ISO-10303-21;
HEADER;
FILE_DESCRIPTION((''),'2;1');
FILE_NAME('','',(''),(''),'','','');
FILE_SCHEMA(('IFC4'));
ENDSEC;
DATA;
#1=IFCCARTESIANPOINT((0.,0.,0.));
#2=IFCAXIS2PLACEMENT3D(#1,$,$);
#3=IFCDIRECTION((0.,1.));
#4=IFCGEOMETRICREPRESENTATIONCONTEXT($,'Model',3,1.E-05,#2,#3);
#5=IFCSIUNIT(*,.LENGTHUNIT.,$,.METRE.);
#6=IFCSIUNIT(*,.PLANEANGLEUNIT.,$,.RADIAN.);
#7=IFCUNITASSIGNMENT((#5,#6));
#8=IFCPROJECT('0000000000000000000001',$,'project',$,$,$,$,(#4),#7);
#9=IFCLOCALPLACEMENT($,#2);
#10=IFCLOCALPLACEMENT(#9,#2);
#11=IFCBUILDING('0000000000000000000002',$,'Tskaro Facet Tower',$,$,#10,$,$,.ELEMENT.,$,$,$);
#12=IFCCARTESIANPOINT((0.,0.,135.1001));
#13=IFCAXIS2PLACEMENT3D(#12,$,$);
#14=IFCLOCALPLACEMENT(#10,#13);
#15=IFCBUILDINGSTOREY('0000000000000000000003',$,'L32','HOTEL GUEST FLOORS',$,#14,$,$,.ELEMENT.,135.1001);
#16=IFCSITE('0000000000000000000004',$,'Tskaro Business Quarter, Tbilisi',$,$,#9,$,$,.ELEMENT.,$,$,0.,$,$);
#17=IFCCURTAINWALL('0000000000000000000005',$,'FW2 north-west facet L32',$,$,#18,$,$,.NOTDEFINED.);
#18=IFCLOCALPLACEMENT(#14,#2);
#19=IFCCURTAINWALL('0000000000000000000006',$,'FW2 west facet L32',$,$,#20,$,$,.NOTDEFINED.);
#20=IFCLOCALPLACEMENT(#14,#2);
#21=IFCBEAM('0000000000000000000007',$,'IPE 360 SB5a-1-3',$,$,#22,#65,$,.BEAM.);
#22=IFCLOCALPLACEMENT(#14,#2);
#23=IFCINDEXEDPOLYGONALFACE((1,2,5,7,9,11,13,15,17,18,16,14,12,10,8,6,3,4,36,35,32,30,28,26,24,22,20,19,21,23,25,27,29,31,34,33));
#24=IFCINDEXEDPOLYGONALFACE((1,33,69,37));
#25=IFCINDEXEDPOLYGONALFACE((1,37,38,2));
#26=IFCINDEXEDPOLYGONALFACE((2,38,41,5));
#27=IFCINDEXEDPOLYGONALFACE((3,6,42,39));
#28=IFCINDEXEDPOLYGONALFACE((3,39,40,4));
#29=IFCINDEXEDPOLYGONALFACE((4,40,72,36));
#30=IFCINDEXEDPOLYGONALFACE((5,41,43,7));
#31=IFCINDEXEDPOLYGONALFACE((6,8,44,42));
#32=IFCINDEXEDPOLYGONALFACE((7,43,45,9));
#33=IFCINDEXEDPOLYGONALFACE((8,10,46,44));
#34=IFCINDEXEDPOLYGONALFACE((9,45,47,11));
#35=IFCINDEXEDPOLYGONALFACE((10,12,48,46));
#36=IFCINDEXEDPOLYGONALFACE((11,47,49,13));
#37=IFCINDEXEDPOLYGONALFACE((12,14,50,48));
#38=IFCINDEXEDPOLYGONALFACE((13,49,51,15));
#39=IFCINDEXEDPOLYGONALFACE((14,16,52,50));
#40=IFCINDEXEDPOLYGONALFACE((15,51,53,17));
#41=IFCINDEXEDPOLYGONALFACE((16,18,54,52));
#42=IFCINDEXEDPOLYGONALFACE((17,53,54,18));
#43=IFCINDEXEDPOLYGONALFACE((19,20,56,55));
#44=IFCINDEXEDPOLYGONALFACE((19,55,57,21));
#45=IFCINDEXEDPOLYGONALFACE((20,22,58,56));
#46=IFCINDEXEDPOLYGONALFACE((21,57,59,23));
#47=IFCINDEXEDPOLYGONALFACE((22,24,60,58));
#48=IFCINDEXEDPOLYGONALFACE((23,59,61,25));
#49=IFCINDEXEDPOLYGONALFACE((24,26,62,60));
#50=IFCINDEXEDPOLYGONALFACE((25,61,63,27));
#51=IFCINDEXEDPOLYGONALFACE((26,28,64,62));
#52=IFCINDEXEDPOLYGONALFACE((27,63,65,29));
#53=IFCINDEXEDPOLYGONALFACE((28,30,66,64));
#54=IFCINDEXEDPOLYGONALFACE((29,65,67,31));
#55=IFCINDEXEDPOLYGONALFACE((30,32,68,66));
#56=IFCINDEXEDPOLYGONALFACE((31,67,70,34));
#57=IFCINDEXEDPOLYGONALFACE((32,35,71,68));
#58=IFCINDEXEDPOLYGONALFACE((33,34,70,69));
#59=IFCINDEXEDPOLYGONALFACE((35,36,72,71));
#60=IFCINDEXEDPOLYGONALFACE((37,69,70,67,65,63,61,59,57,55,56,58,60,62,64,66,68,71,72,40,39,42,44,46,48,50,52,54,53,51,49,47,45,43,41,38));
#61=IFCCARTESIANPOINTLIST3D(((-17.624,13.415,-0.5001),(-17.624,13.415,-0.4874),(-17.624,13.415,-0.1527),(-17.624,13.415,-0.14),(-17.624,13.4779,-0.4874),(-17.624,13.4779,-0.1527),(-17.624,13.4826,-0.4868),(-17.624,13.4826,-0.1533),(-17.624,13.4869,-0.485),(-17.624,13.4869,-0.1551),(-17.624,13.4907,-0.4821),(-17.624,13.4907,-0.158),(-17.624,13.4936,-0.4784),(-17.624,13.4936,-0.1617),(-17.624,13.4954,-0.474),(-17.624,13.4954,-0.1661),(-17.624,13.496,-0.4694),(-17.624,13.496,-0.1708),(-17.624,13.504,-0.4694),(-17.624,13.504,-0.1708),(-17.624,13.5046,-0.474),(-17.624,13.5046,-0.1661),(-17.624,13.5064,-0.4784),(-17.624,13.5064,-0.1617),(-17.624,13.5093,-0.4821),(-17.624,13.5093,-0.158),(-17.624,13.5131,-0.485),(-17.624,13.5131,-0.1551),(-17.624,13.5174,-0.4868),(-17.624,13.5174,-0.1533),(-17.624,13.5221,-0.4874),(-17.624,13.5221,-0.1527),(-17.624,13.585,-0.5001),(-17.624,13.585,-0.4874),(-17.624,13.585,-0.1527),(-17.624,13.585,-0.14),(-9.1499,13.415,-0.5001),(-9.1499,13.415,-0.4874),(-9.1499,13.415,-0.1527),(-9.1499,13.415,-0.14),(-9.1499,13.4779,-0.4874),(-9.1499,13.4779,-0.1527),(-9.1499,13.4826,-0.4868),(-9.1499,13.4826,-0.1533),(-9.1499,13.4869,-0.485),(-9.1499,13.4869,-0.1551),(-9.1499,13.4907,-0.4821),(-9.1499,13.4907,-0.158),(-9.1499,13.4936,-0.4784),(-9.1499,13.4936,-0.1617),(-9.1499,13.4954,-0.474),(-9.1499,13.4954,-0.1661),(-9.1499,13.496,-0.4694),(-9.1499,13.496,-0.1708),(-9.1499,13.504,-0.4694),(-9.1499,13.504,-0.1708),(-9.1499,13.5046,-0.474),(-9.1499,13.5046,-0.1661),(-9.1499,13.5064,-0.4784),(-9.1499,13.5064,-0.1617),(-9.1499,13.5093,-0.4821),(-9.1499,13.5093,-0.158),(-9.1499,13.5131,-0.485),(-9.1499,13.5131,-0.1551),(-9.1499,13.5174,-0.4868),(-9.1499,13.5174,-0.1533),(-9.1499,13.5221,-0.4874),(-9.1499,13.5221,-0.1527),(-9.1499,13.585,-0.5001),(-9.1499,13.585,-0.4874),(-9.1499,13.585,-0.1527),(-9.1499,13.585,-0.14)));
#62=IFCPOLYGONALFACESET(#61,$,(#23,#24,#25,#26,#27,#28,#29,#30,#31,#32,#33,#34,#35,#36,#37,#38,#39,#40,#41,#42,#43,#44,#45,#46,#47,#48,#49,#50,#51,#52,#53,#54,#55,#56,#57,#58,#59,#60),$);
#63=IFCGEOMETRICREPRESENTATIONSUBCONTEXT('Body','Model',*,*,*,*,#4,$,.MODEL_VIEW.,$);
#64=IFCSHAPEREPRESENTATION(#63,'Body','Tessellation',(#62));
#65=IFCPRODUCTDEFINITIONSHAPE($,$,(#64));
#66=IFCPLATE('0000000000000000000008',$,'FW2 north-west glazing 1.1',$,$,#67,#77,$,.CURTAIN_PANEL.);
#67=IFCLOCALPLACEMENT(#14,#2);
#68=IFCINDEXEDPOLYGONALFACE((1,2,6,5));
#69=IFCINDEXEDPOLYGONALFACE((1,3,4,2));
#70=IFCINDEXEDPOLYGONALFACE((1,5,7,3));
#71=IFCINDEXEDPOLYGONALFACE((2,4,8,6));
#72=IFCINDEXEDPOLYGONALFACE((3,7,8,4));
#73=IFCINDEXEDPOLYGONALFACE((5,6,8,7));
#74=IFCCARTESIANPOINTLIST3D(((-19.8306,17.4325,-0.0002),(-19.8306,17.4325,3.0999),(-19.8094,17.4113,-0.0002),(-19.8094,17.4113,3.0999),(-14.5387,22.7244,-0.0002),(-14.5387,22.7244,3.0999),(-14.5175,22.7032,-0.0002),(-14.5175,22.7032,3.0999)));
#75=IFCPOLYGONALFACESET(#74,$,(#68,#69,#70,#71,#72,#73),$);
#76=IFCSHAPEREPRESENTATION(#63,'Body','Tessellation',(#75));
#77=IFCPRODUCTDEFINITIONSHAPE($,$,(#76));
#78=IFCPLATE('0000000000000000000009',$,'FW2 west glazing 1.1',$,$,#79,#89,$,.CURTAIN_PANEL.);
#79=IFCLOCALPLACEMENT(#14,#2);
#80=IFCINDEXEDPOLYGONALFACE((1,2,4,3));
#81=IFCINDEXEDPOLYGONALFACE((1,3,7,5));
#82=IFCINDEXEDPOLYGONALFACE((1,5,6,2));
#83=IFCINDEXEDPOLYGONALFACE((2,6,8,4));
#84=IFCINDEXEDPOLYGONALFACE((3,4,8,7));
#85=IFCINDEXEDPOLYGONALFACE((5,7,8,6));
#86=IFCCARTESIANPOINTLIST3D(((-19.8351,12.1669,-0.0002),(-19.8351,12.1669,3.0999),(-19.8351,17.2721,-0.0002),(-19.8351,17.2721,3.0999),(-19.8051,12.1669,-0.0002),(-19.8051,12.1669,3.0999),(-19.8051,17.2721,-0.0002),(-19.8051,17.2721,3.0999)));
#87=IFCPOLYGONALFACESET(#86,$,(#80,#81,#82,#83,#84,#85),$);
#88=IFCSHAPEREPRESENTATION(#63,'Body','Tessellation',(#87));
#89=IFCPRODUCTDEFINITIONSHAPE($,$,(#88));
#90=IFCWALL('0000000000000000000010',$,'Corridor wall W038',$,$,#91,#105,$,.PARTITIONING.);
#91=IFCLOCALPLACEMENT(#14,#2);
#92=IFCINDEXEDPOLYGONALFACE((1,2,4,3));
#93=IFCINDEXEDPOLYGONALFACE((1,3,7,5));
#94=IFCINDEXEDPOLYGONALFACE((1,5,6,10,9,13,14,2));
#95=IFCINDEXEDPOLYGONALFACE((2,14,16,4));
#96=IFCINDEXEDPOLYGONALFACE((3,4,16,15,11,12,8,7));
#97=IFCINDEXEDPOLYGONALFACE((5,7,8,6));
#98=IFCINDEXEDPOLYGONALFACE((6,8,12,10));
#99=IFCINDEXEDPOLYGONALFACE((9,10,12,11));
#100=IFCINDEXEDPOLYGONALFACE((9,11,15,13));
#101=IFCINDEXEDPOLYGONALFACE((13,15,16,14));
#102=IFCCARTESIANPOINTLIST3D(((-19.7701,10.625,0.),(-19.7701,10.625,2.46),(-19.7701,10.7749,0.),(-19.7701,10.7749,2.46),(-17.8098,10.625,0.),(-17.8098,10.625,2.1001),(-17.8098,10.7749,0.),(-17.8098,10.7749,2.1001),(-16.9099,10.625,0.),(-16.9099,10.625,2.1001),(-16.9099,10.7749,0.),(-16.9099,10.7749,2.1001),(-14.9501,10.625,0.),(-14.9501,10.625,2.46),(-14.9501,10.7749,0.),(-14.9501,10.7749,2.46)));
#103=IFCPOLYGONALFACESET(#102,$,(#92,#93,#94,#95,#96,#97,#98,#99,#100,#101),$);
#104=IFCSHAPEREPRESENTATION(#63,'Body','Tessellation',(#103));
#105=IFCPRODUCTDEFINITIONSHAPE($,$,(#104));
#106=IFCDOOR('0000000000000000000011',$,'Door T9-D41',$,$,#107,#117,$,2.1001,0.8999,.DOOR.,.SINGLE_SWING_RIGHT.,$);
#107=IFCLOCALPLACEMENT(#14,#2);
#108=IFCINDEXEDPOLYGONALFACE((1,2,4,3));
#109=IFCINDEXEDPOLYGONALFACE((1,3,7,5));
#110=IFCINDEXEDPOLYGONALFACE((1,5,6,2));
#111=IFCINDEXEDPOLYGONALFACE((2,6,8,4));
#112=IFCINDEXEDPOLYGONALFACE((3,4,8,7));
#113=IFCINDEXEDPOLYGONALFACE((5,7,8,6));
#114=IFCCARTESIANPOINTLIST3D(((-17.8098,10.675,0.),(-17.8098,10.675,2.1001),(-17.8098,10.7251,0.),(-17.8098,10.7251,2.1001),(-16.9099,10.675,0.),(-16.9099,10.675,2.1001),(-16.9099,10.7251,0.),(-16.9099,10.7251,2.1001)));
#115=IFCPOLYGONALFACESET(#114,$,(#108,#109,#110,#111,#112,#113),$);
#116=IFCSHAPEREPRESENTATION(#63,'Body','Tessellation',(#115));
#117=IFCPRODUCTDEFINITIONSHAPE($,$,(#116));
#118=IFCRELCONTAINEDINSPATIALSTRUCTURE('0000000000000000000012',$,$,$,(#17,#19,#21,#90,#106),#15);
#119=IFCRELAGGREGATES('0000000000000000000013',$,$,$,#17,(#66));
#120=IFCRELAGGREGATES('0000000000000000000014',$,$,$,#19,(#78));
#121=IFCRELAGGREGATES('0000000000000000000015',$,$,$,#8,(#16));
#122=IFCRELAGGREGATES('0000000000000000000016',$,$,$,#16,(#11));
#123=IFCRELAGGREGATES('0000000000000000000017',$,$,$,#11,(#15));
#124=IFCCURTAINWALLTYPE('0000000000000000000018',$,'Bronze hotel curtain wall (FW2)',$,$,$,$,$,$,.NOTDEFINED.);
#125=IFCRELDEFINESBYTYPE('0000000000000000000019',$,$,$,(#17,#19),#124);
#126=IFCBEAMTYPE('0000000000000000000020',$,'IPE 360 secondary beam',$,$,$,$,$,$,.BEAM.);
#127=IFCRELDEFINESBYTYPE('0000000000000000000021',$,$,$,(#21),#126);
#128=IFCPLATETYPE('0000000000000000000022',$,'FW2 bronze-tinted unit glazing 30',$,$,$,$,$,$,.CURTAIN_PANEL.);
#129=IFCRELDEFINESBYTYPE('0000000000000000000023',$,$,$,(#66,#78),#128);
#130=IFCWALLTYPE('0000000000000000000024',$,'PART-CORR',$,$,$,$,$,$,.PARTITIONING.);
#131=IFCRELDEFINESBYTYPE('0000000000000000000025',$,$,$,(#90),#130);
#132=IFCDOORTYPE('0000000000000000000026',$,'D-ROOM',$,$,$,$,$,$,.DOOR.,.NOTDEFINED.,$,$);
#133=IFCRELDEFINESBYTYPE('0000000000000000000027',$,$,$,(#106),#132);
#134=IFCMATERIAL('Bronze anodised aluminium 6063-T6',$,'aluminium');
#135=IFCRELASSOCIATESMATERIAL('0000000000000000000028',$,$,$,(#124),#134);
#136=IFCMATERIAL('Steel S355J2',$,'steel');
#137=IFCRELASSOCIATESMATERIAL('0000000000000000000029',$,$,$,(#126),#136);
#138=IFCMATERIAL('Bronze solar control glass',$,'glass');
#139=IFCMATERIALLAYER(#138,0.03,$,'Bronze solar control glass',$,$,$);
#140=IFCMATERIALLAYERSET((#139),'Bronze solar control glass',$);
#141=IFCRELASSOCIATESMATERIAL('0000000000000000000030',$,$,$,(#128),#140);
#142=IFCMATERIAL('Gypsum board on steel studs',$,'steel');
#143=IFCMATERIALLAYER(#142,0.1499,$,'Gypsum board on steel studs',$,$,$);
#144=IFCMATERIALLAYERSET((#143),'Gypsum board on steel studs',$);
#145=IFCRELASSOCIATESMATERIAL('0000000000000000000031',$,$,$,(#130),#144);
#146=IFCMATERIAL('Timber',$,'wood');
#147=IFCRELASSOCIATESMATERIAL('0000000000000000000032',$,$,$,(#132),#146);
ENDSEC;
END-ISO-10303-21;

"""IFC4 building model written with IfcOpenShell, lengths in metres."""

from ifc_helpers import new_model, si_unit, direction, frame, frame_2d, origin, origin_2d, place, context, subcontext, project, spatial, rectangle, i_section, extrude, material, layer, layer_set, material_profile, profile_set, type_object, element, fill, aggregate, save


model = new_model("IFC4")

# Units and contexts
model_context = context("Model", 3, precision=1e-05, world=origin(), true_north=direction((0.0, 1.0)))
body_context = subcontext(model_context, "Body", "Model", "MODEL_VIEW")
ifc_project = project(units=[si_unit("LENGTHUNIT", "METRE"), si_unit("PLANEANGLEUNIT", "RADIAN")], contexts=[model_context])

# Site, building, storey
site_placement = place(None, origin())
site = spatial("IfcSite", under=ifc_project, at=site_placement, Name="Tskaro Business Quarter, Tbilisi", CompositionType="ELEMENT", RefElevation=0.0)
building_placement = place(site_placement, origin())
building = spatial("IfcBuilding", under=site, at=building_placement, Name="Tskaro Facet Tower", CompositionType="ELEMENT")
storey_placement = place(building_placement, frame((0.0, 0.0, 135.1001)))
storey = spatial("IfcBuildingStorey", under=building, at=storey_placement, Name="L32", Description="HOTEL GUEST FLOORS", CompositionType="ELEMENT", Elevation=135.1001)

# Curtain wall
ifc_material_1 = material(Name="Bronze anodised aluminium 6063-T6", Category="aluminium")
curtain_wall_type = type_object("IfcCurtainWallType", Name="Bronze hotel curtain wall (FW2)", PredefinedType="NOTDEFINED", material=ifc_material_1)
curtain_wall_1_placement = place(storey_placement, origin())
curtain_wall_1 = element("IfcCurtainWall", 1, at=curtain_wall_1_placement, inside=storey, type_object=curtain_wall_type, Name="FW2 north-west facet L32", PredefinedType="NOTDEFINED")

# Curtain wall
curtain_wall_2_placement = place(storey_placement, origin())
curtain_wall_2 = element("IfcCurtainWall", 2, at=curtain_wall_2_placement, inside=storey, type_object=curtain_wall_type, Name="FW2 west facet L32", PredefinedType="NOTDEFINED")

# Beam
ifc_material_2 = material(Name="Steel S355J2", Category="steel")
ifc_material_profile_1 = material_profile(ifc_material_2, i_section(OverallWidth=0.1699, OverallDepth=0.3601, WebThickness=0.0081, FlangeThickness=0.0127, FilletRadius=0.0181, at=origin_2d()), Name="IPE 360")
ifc_profile_set_1 = profile_set([ifc_material_profile_1], Name="Steel S355J2")
beam_type_1 = type_object("IfcBeamType", Name="IPE 360 secondary beam", PredefinedType="BEAM", material=ifc_profile_set_1)
beam_1_placement = place(storey_placement, frame((-17.624, 13.5, -0.3201), z_axis=(1.0, 0.0, 0.0), x_axis=(0.0, 1.0, 0.0)))
element("IfcBeam", 3, at=beam_1_placement, inside=storey, type_object=beam_type_1, Name="IPE 360 SB5a-1-3", PredefinedType="BEAM", context=body_context, shape_type="SweptSolid", body=[
    extrude(i_section(OverallWidth=0.1699, OverallDepth=0.3601, WebThickness=0.0081, FlangeThickness=0.0127, FilletRadius=0.0181, at=origin_2d()), origin(), (0.0, 0.0, 1.0), 8.4741),
])

# Plates
ifc_material_3 = material(Name="Bronze solar control glass", Category="glass")
ifc_layer_1 = layer(ifc_material_3, 0.03, Name="Bronze solar control glass")
ifc_layer_set_1 = layer_set([ifc_layer_1], Name="Bronze solar control glass")
plate_type = type_object("IfcPlateType", Name="FW2 bronze-tinted unit glazing 30", PredefinedType="CURTAIN_PANEL", material=ifc_layer_set_1)
plate_1_placement = place(storey_placement, frame((-17.1741, 20.0679, -0.0002), z_axis=(0.0, 0.0, 1.0), x_axis=(-0.707107, -0.707107, 0.0)))
plate_1 = element("IfcPlate", 4, at=plate_1_placement, type_object=plate_type, Name="FW2 north-west glazing 1.1", PredefinedType="CURTAIN_PANEL", context=body_context, shape_type="SweptSolid", body=[
    extrude(rectangle(XDim=7.4839, YDim=0.03, at=origin_2d()), origin(), (0.0, 0.0, 1.0), 3.1001),
])
aggregate(curtain_wall_1, [plate_1])
plate_2_placement = place(storey_placement, frame((-19.8201, 14.7195, -0.0002), z_axis=(0.0, 0.0, 1.0), x_axis=(0.0, -1.0, 0.0)))
plate_2 = element("IfcPlate", 5, at=plate_2_placement, type_object=plate_type, Name="FW2 west glazing 1.1", PredefinedType="CURTAIN_PANEL", context=body_context, shape_type="SweptSolid", body=[
    extrude(rectangle(XDim=5.1052, YDim=0.03, at=origin_2d()), origin(), (0.0, 0.0, 1.0), 3.1001),
])
aggregate(curtain_wall_2, [plate_2])

# Wall, opening, door
ifc_material_4 = material(Name="Gypsum board on steel studs", Category="steel")
ifc_layer_2 = layer(ifc_material_4, 0.1499, Name="Gypsum board on steel studs")
ifc_layer_set_2 = layer_set([ifc_layer_2], Name="Gypsum board on steel studs")
wall_type_1 = type_object("IfcWallType", Name="PART-CORR", PredefinedType="PARTITIONING", material=ifc_layer_set_2)
wall_1_placement = place(storey_placement, frame((-14.95, 10.7, 0.0), z_axis=(0.0, 0.0, 1.0), x_axis=(-1.0, 0.0, 0.0)))
wall_1 = element("IfcWall", 6, at=wall_1_placement, inside=storey, type_object=wall_type_1, Name="Corridor wall W038", PredefinedType="PARTITIONING", context=body_context, shape_type="SweptSolid", body=[
    extrude(rectangle(XDim=4.8201, YDim=0.1499, at=frame_2d((2.4102, 0.0))), origin(), (0.0, 0.0, 1.0), 2.46),
])
opening_1_placement = place(wall_1_placement, frame((1.96, 0.0, 0.0)))
opening_1 = element("IfcOpeningElement", 7, at=opening_1_placement, cuts=wall_1, PredefinedType="OPENING", context=body_context, shape_type="SweptSolid", body=[
    extrude(rectangle(XDim=0.8999, YDim=2.1001, at=frame_2d((0.45, 1.05))), frame((0.0, 0.085, 0.0), z_axis=(0.0, -1.0, 0.0), x_axis=(1.0, 0.0, 0.0)), (0.0, 0.0, 1.0), 0.1699),
])
ifc_material_5 = material(Name="Timber", Category="wood")
door_type_1 = type_object("IfcDoorType", Name="D-ROOM", OperationType="NOTDEFINED", PredefinedType="DOOR", material=ifc_material_5)
door_1_placement = place(opening_1_placement, origin())
door_1 = element("IfcDoor", 8, at=door_1_placement, inside=storey, type_object=door_type_1, Name="Door T9-D41", OperationType="SINGLE_SWING_RIGHT", OverallHeight=2.1001, OverallWidth=0.8999, PredefinedType="DOOR", context=body_context, shape_type="SweptSolid", body=[
    extrude(rectangle(XDim=0.8999, YDim=2.1001, at=frame_2d((0.45, 1.05))), frame((0.0, 0.0249, 0.0), z_axis=(0.0, -1.0, 0.0), x_axis=(1.0, 0.0, 0.0)), (0.0, 0.0, 1.0), 0.05),
])
fill(opening_1, door_1)

save(model, "model.ifc")
